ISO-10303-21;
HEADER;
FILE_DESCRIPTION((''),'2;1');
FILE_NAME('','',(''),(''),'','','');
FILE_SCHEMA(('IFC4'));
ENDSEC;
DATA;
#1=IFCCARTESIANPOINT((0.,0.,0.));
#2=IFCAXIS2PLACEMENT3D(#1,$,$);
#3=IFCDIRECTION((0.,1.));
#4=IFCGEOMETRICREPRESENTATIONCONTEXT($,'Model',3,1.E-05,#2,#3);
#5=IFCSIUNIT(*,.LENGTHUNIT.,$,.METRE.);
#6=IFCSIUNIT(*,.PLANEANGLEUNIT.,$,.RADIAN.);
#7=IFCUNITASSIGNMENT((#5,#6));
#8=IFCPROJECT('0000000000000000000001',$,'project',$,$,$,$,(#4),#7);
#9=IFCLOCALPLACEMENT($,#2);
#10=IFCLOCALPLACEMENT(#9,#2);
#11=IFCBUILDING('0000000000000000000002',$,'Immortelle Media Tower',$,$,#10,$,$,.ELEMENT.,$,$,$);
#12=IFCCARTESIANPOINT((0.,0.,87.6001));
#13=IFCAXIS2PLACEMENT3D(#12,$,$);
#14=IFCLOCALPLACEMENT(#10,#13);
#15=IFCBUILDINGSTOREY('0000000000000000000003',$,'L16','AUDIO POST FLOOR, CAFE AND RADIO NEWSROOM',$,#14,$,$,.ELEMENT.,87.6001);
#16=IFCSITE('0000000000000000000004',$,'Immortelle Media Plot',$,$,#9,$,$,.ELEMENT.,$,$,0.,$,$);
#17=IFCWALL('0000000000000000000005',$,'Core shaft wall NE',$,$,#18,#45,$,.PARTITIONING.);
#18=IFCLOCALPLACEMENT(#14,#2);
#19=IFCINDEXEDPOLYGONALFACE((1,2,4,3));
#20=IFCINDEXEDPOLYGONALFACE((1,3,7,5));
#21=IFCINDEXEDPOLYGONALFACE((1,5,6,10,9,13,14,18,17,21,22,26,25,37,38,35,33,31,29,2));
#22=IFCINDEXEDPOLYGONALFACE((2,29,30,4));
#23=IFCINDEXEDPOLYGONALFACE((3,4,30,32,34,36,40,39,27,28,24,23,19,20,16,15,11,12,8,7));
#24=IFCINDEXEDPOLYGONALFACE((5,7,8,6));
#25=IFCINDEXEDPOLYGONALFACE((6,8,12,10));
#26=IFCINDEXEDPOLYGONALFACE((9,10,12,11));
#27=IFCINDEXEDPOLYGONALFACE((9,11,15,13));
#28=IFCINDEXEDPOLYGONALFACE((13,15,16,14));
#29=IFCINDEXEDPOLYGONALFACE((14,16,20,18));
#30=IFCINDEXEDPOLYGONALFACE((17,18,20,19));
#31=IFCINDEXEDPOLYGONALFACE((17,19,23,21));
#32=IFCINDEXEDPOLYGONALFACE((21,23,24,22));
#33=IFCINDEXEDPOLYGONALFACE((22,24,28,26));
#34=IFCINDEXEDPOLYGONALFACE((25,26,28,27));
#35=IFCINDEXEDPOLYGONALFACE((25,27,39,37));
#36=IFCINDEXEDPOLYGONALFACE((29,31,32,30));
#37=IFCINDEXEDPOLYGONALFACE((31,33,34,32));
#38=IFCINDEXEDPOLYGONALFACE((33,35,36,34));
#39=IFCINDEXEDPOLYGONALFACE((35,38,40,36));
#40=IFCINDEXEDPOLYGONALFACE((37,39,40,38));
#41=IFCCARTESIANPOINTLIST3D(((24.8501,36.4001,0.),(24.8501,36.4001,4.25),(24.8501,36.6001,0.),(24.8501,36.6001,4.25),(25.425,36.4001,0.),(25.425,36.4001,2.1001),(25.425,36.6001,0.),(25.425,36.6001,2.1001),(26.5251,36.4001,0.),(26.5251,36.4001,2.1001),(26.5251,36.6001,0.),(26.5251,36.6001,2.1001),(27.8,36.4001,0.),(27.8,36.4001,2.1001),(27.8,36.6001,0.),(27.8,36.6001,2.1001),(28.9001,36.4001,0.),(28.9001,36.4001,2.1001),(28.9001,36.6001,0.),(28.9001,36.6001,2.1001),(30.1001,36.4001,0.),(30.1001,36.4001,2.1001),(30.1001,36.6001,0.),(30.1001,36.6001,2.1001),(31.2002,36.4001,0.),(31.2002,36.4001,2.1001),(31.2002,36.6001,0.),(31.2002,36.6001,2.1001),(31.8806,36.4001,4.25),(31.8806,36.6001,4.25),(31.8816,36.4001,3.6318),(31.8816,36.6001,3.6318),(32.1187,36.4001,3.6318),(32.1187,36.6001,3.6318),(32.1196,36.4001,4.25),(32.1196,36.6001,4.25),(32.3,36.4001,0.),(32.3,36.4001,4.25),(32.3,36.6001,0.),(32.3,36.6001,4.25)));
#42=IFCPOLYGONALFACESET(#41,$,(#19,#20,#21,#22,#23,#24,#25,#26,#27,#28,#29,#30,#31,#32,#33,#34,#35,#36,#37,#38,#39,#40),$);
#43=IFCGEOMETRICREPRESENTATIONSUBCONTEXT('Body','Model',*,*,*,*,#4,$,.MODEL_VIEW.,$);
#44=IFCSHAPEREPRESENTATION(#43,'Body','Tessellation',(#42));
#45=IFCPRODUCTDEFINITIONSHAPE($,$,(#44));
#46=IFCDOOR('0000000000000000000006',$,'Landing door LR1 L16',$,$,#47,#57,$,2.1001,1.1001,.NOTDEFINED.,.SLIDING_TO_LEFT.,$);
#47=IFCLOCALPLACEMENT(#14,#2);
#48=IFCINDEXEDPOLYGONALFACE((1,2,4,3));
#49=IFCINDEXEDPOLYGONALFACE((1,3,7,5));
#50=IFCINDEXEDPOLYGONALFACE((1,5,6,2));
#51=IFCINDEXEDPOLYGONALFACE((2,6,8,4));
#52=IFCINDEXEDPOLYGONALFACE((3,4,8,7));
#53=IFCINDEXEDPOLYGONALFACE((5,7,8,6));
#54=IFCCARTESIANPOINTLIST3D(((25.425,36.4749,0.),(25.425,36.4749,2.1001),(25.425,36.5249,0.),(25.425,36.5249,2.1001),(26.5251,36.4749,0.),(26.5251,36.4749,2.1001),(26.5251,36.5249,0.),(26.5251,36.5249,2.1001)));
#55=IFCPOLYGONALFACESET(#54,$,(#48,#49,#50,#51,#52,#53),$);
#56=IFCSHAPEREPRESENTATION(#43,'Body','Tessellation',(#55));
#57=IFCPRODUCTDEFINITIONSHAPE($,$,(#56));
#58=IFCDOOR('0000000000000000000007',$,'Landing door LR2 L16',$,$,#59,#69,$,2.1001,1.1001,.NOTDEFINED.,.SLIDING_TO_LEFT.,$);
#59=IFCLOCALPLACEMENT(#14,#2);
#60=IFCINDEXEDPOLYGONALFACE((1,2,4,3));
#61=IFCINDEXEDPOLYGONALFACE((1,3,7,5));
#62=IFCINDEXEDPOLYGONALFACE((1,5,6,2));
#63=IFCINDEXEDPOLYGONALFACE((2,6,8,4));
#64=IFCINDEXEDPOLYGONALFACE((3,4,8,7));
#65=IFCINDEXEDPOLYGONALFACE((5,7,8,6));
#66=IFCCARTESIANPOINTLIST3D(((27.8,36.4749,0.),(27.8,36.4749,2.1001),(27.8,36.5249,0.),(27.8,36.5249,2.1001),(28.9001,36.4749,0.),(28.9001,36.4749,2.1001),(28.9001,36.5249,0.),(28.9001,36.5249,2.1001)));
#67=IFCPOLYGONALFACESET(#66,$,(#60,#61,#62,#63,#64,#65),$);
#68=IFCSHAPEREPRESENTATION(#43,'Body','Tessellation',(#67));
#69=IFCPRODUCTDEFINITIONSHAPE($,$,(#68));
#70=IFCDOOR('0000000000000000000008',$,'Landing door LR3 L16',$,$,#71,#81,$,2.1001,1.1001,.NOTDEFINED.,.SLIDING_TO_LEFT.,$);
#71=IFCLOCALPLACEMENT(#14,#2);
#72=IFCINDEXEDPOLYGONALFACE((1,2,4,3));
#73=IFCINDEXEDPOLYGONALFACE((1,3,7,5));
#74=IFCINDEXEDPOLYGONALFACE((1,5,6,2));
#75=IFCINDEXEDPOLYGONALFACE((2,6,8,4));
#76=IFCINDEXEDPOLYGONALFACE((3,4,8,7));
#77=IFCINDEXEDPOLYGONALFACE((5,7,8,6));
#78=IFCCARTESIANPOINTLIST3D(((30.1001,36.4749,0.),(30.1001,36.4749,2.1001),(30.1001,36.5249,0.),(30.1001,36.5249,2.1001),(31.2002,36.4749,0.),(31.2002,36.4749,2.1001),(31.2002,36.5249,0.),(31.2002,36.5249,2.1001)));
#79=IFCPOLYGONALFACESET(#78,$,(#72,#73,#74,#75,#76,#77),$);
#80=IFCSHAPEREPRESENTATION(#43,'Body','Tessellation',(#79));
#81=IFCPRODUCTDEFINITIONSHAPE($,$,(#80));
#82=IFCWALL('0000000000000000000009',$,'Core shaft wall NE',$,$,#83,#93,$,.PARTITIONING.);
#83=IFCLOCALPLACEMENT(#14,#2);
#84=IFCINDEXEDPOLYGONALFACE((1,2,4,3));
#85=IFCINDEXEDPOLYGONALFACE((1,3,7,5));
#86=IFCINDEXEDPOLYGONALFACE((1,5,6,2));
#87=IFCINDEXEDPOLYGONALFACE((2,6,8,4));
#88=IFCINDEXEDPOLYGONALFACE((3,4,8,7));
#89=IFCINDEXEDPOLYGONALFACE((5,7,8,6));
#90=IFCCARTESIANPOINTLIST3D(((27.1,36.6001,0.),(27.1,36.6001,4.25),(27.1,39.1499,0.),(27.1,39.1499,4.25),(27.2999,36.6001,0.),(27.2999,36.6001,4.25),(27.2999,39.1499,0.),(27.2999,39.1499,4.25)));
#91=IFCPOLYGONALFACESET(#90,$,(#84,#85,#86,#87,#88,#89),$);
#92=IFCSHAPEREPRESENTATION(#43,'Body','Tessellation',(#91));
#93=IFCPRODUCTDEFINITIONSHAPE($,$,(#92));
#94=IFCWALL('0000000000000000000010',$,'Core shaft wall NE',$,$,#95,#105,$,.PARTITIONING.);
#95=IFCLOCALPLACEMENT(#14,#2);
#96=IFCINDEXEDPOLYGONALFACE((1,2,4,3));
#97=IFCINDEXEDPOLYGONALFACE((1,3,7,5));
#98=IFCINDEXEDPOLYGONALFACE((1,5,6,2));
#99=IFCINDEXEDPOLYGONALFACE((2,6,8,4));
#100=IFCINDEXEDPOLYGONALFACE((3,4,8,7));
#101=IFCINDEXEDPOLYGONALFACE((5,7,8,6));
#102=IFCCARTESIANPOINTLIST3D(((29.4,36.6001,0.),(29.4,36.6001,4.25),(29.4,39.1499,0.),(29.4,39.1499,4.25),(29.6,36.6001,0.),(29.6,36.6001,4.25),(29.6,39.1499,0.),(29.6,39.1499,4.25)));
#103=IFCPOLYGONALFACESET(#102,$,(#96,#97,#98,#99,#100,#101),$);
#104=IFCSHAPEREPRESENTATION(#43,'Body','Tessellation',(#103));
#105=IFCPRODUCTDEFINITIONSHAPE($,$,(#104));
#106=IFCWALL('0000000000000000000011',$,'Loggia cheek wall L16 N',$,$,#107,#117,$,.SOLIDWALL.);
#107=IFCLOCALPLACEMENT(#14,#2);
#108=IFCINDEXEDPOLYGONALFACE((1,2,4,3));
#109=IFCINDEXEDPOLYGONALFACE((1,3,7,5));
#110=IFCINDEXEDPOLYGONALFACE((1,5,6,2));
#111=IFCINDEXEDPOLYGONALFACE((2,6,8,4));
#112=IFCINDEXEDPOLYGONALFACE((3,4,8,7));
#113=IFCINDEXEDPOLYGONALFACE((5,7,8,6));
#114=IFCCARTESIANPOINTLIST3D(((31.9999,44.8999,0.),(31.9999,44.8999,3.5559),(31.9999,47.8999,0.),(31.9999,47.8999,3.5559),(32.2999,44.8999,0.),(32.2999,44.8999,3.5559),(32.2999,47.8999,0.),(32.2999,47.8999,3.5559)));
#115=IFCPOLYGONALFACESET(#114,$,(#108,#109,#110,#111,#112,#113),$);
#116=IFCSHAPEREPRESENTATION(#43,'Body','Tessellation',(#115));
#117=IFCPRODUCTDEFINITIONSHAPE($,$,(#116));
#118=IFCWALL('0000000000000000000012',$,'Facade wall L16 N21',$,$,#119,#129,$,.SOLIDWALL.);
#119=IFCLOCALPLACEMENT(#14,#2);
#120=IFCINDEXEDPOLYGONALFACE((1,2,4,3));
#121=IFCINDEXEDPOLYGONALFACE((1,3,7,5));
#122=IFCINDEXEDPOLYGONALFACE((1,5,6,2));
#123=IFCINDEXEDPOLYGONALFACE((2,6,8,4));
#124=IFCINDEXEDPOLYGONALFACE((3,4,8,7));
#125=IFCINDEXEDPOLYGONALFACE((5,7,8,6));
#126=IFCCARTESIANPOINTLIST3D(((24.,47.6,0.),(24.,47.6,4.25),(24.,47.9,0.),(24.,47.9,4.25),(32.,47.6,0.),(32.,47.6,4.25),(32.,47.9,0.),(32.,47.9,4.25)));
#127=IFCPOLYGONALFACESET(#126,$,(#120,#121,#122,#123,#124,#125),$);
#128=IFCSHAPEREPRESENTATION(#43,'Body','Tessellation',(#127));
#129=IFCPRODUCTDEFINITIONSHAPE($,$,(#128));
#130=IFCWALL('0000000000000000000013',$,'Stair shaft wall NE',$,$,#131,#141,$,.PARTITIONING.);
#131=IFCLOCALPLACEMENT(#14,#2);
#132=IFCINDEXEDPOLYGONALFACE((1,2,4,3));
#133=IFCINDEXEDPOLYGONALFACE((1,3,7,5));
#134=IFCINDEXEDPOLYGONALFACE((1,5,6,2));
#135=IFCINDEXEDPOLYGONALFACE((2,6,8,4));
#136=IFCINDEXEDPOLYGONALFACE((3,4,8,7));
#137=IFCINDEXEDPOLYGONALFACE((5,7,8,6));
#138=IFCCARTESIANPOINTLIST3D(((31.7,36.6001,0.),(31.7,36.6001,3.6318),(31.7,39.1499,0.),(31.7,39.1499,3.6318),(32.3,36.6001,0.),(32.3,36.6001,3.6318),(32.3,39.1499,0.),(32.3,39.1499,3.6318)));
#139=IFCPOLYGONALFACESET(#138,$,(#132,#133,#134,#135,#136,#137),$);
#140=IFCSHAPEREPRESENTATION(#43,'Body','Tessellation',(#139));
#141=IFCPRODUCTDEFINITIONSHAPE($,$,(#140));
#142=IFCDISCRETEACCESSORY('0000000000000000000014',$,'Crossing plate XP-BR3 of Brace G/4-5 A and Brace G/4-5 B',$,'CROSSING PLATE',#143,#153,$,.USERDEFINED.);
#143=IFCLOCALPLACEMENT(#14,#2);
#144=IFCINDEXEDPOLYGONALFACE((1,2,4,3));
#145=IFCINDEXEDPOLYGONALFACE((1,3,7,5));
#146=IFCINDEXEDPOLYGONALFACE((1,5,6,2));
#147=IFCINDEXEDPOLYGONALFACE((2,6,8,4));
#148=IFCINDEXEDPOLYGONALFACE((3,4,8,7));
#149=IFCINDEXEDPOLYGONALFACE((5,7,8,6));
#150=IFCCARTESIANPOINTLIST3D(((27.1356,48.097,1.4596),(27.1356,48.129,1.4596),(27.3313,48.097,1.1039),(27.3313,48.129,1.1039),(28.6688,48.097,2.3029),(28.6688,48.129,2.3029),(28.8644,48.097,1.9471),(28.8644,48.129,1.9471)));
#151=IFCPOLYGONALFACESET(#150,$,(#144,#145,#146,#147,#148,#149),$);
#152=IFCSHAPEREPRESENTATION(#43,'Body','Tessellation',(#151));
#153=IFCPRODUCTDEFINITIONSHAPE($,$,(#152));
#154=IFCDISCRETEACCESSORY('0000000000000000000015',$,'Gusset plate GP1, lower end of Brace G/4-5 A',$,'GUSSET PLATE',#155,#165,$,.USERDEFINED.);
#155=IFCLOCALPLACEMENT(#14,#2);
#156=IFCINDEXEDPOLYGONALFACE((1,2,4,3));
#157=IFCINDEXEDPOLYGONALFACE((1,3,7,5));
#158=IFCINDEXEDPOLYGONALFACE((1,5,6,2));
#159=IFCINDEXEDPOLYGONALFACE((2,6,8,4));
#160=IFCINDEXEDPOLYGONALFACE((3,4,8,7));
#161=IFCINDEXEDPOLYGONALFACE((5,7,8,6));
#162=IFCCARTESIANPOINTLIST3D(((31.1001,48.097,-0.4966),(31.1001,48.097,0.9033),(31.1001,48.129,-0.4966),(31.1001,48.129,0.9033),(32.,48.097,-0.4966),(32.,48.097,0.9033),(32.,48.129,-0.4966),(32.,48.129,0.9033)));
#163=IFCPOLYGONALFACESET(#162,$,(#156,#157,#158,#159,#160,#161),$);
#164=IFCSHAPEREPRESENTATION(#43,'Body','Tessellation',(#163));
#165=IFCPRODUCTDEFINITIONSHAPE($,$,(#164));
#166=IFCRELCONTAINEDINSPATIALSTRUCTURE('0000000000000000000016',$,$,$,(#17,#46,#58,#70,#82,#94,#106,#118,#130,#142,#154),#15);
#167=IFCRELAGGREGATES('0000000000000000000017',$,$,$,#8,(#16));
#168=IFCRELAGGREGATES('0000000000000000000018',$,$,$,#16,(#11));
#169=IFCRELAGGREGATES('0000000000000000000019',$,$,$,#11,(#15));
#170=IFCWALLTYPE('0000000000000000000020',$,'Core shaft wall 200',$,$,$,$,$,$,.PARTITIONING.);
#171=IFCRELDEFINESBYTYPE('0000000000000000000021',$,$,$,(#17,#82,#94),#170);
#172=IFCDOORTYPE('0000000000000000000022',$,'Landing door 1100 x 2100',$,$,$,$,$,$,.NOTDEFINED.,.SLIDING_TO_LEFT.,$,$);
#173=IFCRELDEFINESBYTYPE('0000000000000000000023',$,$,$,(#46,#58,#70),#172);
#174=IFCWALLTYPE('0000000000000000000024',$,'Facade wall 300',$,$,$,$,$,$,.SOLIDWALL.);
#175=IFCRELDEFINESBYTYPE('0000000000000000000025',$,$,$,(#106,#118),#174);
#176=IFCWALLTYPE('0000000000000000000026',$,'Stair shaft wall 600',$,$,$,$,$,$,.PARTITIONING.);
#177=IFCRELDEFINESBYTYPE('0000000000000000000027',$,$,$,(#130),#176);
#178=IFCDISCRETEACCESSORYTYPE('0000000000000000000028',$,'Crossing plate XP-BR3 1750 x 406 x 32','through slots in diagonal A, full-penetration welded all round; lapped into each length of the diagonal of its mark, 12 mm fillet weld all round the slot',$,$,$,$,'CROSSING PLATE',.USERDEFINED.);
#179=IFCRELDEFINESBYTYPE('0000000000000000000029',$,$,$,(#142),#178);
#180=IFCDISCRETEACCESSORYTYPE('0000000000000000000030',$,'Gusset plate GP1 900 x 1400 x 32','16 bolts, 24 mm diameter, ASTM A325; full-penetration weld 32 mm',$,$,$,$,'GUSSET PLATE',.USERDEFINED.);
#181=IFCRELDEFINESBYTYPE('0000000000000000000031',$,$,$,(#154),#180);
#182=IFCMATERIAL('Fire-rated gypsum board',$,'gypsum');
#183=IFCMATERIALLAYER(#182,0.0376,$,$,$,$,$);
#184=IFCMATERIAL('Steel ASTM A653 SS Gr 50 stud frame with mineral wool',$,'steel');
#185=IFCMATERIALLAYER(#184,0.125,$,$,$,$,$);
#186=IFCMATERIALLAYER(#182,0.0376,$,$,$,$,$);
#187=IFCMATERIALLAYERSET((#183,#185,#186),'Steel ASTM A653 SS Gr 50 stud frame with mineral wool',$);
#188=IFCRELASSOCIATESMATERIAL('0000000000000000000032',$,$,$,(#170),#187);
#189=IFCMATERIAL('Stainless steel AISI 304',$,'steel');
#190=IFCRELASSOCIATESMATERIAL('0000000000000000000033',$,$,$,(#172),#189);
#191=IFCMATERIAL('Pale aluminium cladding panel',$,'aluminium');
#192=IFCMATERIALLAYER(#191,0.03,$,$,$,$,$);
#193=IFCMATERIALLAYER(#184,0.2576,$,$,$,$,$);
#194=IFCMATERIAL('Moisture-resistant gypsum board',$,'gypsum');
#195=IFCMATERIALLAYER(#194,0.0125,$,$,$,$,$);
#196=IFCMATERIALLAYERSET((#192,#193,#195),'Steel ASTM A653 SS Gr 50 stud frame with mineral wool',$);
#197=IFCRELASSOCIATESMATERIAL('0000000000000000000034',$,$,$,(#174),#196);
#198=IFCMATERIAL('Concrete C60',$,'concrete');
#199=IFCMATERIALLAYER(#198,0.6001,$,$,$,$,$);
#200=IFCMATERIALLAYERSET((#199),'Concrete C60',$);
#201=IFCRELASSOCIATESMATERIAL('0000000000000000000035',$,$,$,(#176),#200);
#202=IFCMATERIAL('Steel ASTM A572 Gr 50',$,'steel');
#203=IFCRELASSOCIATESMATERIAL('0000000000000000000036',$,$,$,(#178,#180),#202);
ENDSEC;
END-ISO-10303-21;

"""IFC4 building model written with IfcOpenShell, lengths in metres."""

from ifc_helpers import new_model, si_unit, direction, frame, frame_2d, origin, origin_2d, place, context, subcontext, project, spatial, polyline, rectangle, outline, extrude, material, layer, layer_set, material_profile, profile_set, type_object, element, fill, save


model = new_model("IFC4")

# Units and contexts
model_context = context("Model", 3, precision=1e-05, world=origin(), true_north=direction((0.0, 1.0)))
body_context = subcontext(model_context, "Body", "Model", "MODEL_VIEW")
ifc_project = project(units=[si_unit("LENGTHUNIT", "METRE"), si_unit("PLANEANGLEUNIT", "RADIAN")], contexts=[model_context])

# Site, building, storey
site_placement = place(None, origin())
site = spatial("IfcSite", under=ifc_project, at=site_placement, Name="Immortelle Media Plot", CompositionType="ELEMENT", RefElevation=0.0)
building_placement = place(site_placement, origin())
building = spatial("IfcBuilding", under=site, at=building_placement, Name="Immortelle Media Tower", CompositionType="ELEMENT")
storey_placement = place(building_placement, frame((0.0, 0.0, 87.6001)))
storey = spatial("IfcBuildingStorey", under=building, at=storey_placement, Name="L16", Description="AUDIO POST FLOOR, CAFE AND RADIO NEWSROOM", CompositionType="ELEMENT", Elevation=87.6001)

# Wall, openings, doors
ifc_material_1 = material(Name="Fire-rated gypsum board", Category="gypsum")
ifc_layer_1 = layer(ifc_material_1, 0.0376)
ifc_material_2 = material(Name="Steel ASTM A653 SS Gr 50 stud frame with mineral wool", Category="steel")
ifc_layer_2 = layer(ifc_material_2, 0.125)
ifc_layer_3 = layer(ifc_material_1, 0.0376)
ifc_layer_set_1 = layer_set([ifc_layer_1, ifc_layer_2, ifc_layer_3], Name="Steel ASTM A653 SS Gr 50 stud frame with mineral wool")
wall_type_1 = type_object("IfcWallType", Name="Core shaft wall 200", PredefinedType="PARTITIONING", material=ifc_layer_set_1)
wall_1_placement = place(storey_placement, frame((24.8501, 36.5, 0.0), z_axis=(0.0, 0.0, 1.0), x_axis=(1.0, 0.0, 0.0)))
wall_1 = element("IfcWall", 1, at=wall_1_placement, inside=storey, type_object=wall_type_1, Name="Core shaft wall NE", PredefinedType="PARTITIONING", context=body_context, shape_type="SweptSolid", body=[
    extrude(outline(polyline([(0.0, 0.0), (7.45, 0.0), (7.45, 4.25), (7.2695, 4.25), (7.2686, 3.6318), (7.0315, 3.6318), (7.0305, 4.25), (0.0, 4.25), (0.0, 0.0)])), frame((0.0, 0.1001, 0.0), z_axis=(0.0, -1.0, 0.0), x_axis=(1.0, 0.0, 0.0)), (0.0, 0.0, 1.0), 0.2),
])
opening_1_placement = place(wall_1_placement, frame((0.575, 0.0, 0.0)))
opening_1 = element("IfcOpeningElement", 2, at=opening_1_placement, cuts=wall_1, PredefinedType="OPENING", context=body_context, shape_type="SweptSolid", body=[
    extrude(rectangle(XDim=1.1001, YDim=2.1001, at=frame_2d((0.55, 1.05))), frame((0.0, 0.1099, 0.0), z_axis=(0.0, -1.0, 0.0), x_axis=(1.0, 0.0, 0.0)), (0.0, 0.0, 1.0), 0.22),
])
opening_2_placement = place(wall_1_placement, frame((2.95, 0.0, 0.0)))
opening_2 = element("IfcOpeningElement", 3, at=opening_2_placement, cuts=wall_1, PredefinedType="OPENING", context=body_context, shape_type="SweptSolid", body=[
    extrude(rectangle(XDim=1.1001, YDim=2.1001, at=frame_2d((0.55, 1.05))), frame((0.0, 0.1099, 0.0), z_axis=(0.0, -1.0, 0.0), x_axis=(1.0, 0.0, 0.0)), (0.0, 0.0, 1.0), 0.22),
])
opening_3_placement = place(wall_1_placement, frame((5.25, 0.0, 0.0)))
opening_3 = element("IfcOpeningElement", 4, at=opening_3_placement, cuts=wall_1, PredefinedType="OPENING", context=body_context, shape_type="SweptSolid", body=[
    extrude(rectangle(XDim=1.1001, YDim=2.1001, at=frame_2d((0.55, 1.05))), frame((0.0, 0.1099, 0.0), z_axis=(0.0, -1.0, 0.0), x_axis=(1.0, 0.0, 0.0)), (0.0, 0.0, 1.0), 0.22),
])
ifc_material_3 = material(Name="Stainless steel AISI 304", Category="steel")
door_type = type_object("IfcDoorType", Name="Landing door 1100 x 2100", OperationType="SLIDING_TO_LEFT", PredefinedType="NOTDEFINED", material=ifc_material_3)
door_1_placement = place(opening_1_placement, origin())
door_1 = element("IfcDoor", 5, at=door_1_placement, inside=storey, type_object=door_type, Name="Landing door LR1 L16", OperationType="SLIDING_TO_LEFT", OverallHeight=2.1001, OverallWidth=1.1001, PredefinedType="NOTDEFINED", context=body_context, shape_type="SweptSolid", body=[
    extrude(rectangle(XDim=1.1001, YDim=2.1001, at=frame_2d((0.55, 1.05))), frame((0.0, 0.0249, 0.0), z_axis=(0.0, -1.0, 0.0), x_axis=(1.0, 0.0, 0.0)), (0.0, 0.0, 1.0), 0.05),
])
fill(opening_1, door_1)
door_2_placement = place(opening_2_placement, origin())
door_2 = element("IfcDoor", 6, at=door_2_placement, inside=storey, type_object=door_type, Name="Landing door LR2 L16", OperationType="SLIDING_TO_LEFT", OverallHeight=2.1001, OverallWidth=1.1001, PredefinedType="NOTDEFINED", context=body_context, shape_type="SweptSolid", body=[
    extrude(rectangle(XDim=1.1001, YDim=2.1001, at=frame_2d((0.55, 1.05))), frame((0.0, 0.0249, 0.0), z_axis=(0.0, -1.0, 0.0), x_axis=(1.0, 0.0, 0.0)), (0.0, 0.0, 1.0), 0.05),
])
fill(opening_2, door_2)
door_3_placement = place(opening_3_placement, origin())
door_3 = element("IfcDoor", 7, at=door_3_placement, inside=storey, type_object=door_type, Name="Landing door LR3 L16", OperationType="SLIDING_TO_LEFT", OverallHeight=2.1001, OverallWidth=1.1001, PredefinedType="NOTDEFINED", context=body_context, shape_type="SweptSolid", body=[
    extrude(rectangle(XDim=1.1001, YDim=2.1001, at=frame_2d((0.55, 1.05))), frame((0.0, 0.0249, 0.0), z_axis=(0.0, -1.0, 0.0), x_axis=(1.0, 0.0, 0.0)), (0.0, 0.0, 1.0), 0.05),
])
fill(opening_3, door_3)

# Walls
for number, where, z_axis, x_axis, name in (
    (8, (27.2, 36.6001, 0.0), (0.0, 0.0, 1.0), (0.0, 1.0, 0.0), "Core shaft wall NE"),
    (9, (29.5, 36.6001, 0.0), (0.0, 0.0, 1.0), (0.0, 1.0, 0.0), "Core shaft wall NE"),
):
    element("IfcWall", number, at=place(storey_placement, frame(where, z_axis=z_axis, x_axis=x_axis)), inside=storey, type_object=wall_type_1, Name=name, PredefinedType="PARTITIONING", context=body_context, shape_type="SweptSolid", body=[
        extrude(rectangle(XDim=2.5498, YDim=0.2, at=frame_2d((1.2749, 0.0))), origin(), (0.0, 0.0, 1.0), 4.25),
    ])
ifc_material_4 = material(Name="Pale aluminium cladding panel", Category="aluminium")
ifc_layer_4 = layer(ifc_material_4, 0.03)
ifc_layer_5 = layer(ifc_material_2, 0.2576)
ifc_material_5 = material(Name="Moisture-resistant gypsum board", Category="gypsum")
ifc_layer_6 = layer(ifc_material_5, 0.0125)
ifc_layer_set_2 = layer_set([ifc_layer_4, ifc_layer_5, ifc_layer_6], Name="Steel ASTM A653 SS Gr 50 stud frame with mineral wool")
wall_type_2 = type_object("IfcWallType", Name="Facade wall 300", PredefinedType="SOLIDWALL", material=ifc_layer_set_2)
wall_2_placement = place(storey_placement, frame((32.1499, 47.8999, 0.0), z_axis=(0.0, 0.0, 1.0), x_axis=(0.0, -1.0, 0.0)))
element("IfcWall", 10, at=wall_2_placement, inside=storey, type_object=wall_type_2, Name="Loggia cheek wall L16 N", PredefinedType="SOLIDWALL", context=body_context, shape_type="SweptSolid", body=[
    extrude(rectangle(XDim=3.0, YDim=0.3, at=frame_2d((1.5, 0.0))), origin(), (0.0, 0.0, 1.0), 3.5559),
])
wall_3_placement = place(storey_placement, frame((32.0, 47.75, 0.0), z_axis=(0.0, 0.0, 1.0), x_axis=(-1.0, 0.0, 0.0)))
element("IfcWall", 11, at=wall_3_placement, inside=storey, type_object=wall_type_2, Name="Facade wall L16 N21", PredefinedType="SOLIDWALL", context=body_context, shape_type="SweptSolid", body=[
    extrude(rectangle(XDim=8.0, YDim=0.3, at=frame_2d((4.0, 0.0))), origin(), (0.0, 0.0, 1.0), 4.25),
])
ifc_material_6 = material(Name="Concrete C60", Category="concrete")
ifc_layer_7 = layer(ifc_material_6, 0.6001)
ifc_layer_set_3 = layer_set([ifc_layer_7], Name="Concrete C60")
wall_type_3 = type_object("IfcWallType", Name="Stair shaft wall 600", PredefinedType="PARTITIONING", material=ifc_layer_set_3)
wall_4_placement = place(storey_placement, frame((32.0, 36.6001, 0.0), z_axis=(0.0, 0.0, 1.0), x_axis=(0.0, 1.0, 0.0)))
element("IfcWall", 12, at=wall_4_placement, inside=storey, type_object=wall_type_3, Name="Stair shaft wall NE", PredefinedType="PARTITIONING", context=body_context, shape_type="SweptSolid", body=[
    extrude(rectangle(XDim=2.5498, YDim=0.6001, at=frame_2d((1.2749, 0.0))), origin(), (0.0, 0.0, 1.0), 3.6318),
])

# Discrete accessories
ifc_material_7 = material(Name="Steel ASTM A572 Gr 50", Category="steel")
ifc_material_profile_1 = material_profile(ifc_material_7, rectangle(XDim=0.032, YDim=0.406, at=origin_2d()), Name="PL 32 x 406")
ifc_profile_set_1 = profile_set([ifc_material_profile_1], Name="Steel ASTM A572 Gr 50")
discrete_accessory_type_1 = type_object("IfcDiscreteAccessoryType", Name="Crossing plate XP-BR3 1750 x 406 x 32", Description="through slots in diagonal A, full-penetration welded all round; lapped into each length of the diagonal of its mark, 12 mm fillet weld all round the slot", ElementType="CROSSING PLATE", PredefinedType="USERDEFINED", material=ifc_profile_set_1)
discrete_accessory_placement = place(storey_placement, frame((28.7666, 48.113, 2.125), z_axis=(-0.876216, 0.0, -0.481919), x_axis=(0.0, -1.0, 0.0)))
element("IfcDiscreteAccessory", 13, at=discrete_accessory_placement, inside=storey, type_object=discrete_accessory_type_1, Name="Crossing plate XP-BR3 of Brace G/4-5 A and Brace G/4-5 B", ObjectType="CROSSING PLATE", PredefinedType="USERDEFINED", context=body_context, shape_type="SweptSolid", body=[
    extrude(rectangle(XDim=0.032, YDim=0.406, at=origin_2d()), origin(), (0.0, 0.0, 1.0), 1.7498),
])
ifc_material_profile_2 = material_profile(ifc_material_7, rectangle(XDim=0.032, YDim=1.3999, at=origin_2d()), Name="PL 32 x 1400")
ifc_profile_set_2 = profile_set([ifc_material_profile_2], Name="Steel ASTM A572 Gr 50")
discrete_accessory_type_2 = type_object("IfcDiscreteAccessoryType", Name="Gusset plate GP1 900 x 1400 x 32", Description="16 bolts, 24 mm diameter, ASTM A325; full-penetration weld 32 mm", ElementType="GUSSET PLATE", PredefinedType="USERDEFINED", material=ifc_profile_set_2)
for number, where, z_axis, x_axis, name in (
    (14, (32.0, 48.113, 0.2034), (-1.0, 0.0, 0.0), (0.0, -1.0, 0.0), "Gusset plate GP1, lower end of Brace G/4-5 A"),
):
    element("IfcDiscreteAccessory", number, at=place(storey_placement, frame(where, z_axis=z_axis, x_axis=x_axis)), inside=storey, type_object=discrete_accessory_type_2, Name=name, ObjectType="GUSSET PLATE", PredefinedType="USERDEFINED", context=body_context, shape_type="SweptSolid", body=[
        extrude(rectangle(XDim=0.032, YDim=1.3999, at=origin_2d()), origin(), (0.0, 0.0, 1.0), 0.8999),
    ])

save(model, "model.ifc")
